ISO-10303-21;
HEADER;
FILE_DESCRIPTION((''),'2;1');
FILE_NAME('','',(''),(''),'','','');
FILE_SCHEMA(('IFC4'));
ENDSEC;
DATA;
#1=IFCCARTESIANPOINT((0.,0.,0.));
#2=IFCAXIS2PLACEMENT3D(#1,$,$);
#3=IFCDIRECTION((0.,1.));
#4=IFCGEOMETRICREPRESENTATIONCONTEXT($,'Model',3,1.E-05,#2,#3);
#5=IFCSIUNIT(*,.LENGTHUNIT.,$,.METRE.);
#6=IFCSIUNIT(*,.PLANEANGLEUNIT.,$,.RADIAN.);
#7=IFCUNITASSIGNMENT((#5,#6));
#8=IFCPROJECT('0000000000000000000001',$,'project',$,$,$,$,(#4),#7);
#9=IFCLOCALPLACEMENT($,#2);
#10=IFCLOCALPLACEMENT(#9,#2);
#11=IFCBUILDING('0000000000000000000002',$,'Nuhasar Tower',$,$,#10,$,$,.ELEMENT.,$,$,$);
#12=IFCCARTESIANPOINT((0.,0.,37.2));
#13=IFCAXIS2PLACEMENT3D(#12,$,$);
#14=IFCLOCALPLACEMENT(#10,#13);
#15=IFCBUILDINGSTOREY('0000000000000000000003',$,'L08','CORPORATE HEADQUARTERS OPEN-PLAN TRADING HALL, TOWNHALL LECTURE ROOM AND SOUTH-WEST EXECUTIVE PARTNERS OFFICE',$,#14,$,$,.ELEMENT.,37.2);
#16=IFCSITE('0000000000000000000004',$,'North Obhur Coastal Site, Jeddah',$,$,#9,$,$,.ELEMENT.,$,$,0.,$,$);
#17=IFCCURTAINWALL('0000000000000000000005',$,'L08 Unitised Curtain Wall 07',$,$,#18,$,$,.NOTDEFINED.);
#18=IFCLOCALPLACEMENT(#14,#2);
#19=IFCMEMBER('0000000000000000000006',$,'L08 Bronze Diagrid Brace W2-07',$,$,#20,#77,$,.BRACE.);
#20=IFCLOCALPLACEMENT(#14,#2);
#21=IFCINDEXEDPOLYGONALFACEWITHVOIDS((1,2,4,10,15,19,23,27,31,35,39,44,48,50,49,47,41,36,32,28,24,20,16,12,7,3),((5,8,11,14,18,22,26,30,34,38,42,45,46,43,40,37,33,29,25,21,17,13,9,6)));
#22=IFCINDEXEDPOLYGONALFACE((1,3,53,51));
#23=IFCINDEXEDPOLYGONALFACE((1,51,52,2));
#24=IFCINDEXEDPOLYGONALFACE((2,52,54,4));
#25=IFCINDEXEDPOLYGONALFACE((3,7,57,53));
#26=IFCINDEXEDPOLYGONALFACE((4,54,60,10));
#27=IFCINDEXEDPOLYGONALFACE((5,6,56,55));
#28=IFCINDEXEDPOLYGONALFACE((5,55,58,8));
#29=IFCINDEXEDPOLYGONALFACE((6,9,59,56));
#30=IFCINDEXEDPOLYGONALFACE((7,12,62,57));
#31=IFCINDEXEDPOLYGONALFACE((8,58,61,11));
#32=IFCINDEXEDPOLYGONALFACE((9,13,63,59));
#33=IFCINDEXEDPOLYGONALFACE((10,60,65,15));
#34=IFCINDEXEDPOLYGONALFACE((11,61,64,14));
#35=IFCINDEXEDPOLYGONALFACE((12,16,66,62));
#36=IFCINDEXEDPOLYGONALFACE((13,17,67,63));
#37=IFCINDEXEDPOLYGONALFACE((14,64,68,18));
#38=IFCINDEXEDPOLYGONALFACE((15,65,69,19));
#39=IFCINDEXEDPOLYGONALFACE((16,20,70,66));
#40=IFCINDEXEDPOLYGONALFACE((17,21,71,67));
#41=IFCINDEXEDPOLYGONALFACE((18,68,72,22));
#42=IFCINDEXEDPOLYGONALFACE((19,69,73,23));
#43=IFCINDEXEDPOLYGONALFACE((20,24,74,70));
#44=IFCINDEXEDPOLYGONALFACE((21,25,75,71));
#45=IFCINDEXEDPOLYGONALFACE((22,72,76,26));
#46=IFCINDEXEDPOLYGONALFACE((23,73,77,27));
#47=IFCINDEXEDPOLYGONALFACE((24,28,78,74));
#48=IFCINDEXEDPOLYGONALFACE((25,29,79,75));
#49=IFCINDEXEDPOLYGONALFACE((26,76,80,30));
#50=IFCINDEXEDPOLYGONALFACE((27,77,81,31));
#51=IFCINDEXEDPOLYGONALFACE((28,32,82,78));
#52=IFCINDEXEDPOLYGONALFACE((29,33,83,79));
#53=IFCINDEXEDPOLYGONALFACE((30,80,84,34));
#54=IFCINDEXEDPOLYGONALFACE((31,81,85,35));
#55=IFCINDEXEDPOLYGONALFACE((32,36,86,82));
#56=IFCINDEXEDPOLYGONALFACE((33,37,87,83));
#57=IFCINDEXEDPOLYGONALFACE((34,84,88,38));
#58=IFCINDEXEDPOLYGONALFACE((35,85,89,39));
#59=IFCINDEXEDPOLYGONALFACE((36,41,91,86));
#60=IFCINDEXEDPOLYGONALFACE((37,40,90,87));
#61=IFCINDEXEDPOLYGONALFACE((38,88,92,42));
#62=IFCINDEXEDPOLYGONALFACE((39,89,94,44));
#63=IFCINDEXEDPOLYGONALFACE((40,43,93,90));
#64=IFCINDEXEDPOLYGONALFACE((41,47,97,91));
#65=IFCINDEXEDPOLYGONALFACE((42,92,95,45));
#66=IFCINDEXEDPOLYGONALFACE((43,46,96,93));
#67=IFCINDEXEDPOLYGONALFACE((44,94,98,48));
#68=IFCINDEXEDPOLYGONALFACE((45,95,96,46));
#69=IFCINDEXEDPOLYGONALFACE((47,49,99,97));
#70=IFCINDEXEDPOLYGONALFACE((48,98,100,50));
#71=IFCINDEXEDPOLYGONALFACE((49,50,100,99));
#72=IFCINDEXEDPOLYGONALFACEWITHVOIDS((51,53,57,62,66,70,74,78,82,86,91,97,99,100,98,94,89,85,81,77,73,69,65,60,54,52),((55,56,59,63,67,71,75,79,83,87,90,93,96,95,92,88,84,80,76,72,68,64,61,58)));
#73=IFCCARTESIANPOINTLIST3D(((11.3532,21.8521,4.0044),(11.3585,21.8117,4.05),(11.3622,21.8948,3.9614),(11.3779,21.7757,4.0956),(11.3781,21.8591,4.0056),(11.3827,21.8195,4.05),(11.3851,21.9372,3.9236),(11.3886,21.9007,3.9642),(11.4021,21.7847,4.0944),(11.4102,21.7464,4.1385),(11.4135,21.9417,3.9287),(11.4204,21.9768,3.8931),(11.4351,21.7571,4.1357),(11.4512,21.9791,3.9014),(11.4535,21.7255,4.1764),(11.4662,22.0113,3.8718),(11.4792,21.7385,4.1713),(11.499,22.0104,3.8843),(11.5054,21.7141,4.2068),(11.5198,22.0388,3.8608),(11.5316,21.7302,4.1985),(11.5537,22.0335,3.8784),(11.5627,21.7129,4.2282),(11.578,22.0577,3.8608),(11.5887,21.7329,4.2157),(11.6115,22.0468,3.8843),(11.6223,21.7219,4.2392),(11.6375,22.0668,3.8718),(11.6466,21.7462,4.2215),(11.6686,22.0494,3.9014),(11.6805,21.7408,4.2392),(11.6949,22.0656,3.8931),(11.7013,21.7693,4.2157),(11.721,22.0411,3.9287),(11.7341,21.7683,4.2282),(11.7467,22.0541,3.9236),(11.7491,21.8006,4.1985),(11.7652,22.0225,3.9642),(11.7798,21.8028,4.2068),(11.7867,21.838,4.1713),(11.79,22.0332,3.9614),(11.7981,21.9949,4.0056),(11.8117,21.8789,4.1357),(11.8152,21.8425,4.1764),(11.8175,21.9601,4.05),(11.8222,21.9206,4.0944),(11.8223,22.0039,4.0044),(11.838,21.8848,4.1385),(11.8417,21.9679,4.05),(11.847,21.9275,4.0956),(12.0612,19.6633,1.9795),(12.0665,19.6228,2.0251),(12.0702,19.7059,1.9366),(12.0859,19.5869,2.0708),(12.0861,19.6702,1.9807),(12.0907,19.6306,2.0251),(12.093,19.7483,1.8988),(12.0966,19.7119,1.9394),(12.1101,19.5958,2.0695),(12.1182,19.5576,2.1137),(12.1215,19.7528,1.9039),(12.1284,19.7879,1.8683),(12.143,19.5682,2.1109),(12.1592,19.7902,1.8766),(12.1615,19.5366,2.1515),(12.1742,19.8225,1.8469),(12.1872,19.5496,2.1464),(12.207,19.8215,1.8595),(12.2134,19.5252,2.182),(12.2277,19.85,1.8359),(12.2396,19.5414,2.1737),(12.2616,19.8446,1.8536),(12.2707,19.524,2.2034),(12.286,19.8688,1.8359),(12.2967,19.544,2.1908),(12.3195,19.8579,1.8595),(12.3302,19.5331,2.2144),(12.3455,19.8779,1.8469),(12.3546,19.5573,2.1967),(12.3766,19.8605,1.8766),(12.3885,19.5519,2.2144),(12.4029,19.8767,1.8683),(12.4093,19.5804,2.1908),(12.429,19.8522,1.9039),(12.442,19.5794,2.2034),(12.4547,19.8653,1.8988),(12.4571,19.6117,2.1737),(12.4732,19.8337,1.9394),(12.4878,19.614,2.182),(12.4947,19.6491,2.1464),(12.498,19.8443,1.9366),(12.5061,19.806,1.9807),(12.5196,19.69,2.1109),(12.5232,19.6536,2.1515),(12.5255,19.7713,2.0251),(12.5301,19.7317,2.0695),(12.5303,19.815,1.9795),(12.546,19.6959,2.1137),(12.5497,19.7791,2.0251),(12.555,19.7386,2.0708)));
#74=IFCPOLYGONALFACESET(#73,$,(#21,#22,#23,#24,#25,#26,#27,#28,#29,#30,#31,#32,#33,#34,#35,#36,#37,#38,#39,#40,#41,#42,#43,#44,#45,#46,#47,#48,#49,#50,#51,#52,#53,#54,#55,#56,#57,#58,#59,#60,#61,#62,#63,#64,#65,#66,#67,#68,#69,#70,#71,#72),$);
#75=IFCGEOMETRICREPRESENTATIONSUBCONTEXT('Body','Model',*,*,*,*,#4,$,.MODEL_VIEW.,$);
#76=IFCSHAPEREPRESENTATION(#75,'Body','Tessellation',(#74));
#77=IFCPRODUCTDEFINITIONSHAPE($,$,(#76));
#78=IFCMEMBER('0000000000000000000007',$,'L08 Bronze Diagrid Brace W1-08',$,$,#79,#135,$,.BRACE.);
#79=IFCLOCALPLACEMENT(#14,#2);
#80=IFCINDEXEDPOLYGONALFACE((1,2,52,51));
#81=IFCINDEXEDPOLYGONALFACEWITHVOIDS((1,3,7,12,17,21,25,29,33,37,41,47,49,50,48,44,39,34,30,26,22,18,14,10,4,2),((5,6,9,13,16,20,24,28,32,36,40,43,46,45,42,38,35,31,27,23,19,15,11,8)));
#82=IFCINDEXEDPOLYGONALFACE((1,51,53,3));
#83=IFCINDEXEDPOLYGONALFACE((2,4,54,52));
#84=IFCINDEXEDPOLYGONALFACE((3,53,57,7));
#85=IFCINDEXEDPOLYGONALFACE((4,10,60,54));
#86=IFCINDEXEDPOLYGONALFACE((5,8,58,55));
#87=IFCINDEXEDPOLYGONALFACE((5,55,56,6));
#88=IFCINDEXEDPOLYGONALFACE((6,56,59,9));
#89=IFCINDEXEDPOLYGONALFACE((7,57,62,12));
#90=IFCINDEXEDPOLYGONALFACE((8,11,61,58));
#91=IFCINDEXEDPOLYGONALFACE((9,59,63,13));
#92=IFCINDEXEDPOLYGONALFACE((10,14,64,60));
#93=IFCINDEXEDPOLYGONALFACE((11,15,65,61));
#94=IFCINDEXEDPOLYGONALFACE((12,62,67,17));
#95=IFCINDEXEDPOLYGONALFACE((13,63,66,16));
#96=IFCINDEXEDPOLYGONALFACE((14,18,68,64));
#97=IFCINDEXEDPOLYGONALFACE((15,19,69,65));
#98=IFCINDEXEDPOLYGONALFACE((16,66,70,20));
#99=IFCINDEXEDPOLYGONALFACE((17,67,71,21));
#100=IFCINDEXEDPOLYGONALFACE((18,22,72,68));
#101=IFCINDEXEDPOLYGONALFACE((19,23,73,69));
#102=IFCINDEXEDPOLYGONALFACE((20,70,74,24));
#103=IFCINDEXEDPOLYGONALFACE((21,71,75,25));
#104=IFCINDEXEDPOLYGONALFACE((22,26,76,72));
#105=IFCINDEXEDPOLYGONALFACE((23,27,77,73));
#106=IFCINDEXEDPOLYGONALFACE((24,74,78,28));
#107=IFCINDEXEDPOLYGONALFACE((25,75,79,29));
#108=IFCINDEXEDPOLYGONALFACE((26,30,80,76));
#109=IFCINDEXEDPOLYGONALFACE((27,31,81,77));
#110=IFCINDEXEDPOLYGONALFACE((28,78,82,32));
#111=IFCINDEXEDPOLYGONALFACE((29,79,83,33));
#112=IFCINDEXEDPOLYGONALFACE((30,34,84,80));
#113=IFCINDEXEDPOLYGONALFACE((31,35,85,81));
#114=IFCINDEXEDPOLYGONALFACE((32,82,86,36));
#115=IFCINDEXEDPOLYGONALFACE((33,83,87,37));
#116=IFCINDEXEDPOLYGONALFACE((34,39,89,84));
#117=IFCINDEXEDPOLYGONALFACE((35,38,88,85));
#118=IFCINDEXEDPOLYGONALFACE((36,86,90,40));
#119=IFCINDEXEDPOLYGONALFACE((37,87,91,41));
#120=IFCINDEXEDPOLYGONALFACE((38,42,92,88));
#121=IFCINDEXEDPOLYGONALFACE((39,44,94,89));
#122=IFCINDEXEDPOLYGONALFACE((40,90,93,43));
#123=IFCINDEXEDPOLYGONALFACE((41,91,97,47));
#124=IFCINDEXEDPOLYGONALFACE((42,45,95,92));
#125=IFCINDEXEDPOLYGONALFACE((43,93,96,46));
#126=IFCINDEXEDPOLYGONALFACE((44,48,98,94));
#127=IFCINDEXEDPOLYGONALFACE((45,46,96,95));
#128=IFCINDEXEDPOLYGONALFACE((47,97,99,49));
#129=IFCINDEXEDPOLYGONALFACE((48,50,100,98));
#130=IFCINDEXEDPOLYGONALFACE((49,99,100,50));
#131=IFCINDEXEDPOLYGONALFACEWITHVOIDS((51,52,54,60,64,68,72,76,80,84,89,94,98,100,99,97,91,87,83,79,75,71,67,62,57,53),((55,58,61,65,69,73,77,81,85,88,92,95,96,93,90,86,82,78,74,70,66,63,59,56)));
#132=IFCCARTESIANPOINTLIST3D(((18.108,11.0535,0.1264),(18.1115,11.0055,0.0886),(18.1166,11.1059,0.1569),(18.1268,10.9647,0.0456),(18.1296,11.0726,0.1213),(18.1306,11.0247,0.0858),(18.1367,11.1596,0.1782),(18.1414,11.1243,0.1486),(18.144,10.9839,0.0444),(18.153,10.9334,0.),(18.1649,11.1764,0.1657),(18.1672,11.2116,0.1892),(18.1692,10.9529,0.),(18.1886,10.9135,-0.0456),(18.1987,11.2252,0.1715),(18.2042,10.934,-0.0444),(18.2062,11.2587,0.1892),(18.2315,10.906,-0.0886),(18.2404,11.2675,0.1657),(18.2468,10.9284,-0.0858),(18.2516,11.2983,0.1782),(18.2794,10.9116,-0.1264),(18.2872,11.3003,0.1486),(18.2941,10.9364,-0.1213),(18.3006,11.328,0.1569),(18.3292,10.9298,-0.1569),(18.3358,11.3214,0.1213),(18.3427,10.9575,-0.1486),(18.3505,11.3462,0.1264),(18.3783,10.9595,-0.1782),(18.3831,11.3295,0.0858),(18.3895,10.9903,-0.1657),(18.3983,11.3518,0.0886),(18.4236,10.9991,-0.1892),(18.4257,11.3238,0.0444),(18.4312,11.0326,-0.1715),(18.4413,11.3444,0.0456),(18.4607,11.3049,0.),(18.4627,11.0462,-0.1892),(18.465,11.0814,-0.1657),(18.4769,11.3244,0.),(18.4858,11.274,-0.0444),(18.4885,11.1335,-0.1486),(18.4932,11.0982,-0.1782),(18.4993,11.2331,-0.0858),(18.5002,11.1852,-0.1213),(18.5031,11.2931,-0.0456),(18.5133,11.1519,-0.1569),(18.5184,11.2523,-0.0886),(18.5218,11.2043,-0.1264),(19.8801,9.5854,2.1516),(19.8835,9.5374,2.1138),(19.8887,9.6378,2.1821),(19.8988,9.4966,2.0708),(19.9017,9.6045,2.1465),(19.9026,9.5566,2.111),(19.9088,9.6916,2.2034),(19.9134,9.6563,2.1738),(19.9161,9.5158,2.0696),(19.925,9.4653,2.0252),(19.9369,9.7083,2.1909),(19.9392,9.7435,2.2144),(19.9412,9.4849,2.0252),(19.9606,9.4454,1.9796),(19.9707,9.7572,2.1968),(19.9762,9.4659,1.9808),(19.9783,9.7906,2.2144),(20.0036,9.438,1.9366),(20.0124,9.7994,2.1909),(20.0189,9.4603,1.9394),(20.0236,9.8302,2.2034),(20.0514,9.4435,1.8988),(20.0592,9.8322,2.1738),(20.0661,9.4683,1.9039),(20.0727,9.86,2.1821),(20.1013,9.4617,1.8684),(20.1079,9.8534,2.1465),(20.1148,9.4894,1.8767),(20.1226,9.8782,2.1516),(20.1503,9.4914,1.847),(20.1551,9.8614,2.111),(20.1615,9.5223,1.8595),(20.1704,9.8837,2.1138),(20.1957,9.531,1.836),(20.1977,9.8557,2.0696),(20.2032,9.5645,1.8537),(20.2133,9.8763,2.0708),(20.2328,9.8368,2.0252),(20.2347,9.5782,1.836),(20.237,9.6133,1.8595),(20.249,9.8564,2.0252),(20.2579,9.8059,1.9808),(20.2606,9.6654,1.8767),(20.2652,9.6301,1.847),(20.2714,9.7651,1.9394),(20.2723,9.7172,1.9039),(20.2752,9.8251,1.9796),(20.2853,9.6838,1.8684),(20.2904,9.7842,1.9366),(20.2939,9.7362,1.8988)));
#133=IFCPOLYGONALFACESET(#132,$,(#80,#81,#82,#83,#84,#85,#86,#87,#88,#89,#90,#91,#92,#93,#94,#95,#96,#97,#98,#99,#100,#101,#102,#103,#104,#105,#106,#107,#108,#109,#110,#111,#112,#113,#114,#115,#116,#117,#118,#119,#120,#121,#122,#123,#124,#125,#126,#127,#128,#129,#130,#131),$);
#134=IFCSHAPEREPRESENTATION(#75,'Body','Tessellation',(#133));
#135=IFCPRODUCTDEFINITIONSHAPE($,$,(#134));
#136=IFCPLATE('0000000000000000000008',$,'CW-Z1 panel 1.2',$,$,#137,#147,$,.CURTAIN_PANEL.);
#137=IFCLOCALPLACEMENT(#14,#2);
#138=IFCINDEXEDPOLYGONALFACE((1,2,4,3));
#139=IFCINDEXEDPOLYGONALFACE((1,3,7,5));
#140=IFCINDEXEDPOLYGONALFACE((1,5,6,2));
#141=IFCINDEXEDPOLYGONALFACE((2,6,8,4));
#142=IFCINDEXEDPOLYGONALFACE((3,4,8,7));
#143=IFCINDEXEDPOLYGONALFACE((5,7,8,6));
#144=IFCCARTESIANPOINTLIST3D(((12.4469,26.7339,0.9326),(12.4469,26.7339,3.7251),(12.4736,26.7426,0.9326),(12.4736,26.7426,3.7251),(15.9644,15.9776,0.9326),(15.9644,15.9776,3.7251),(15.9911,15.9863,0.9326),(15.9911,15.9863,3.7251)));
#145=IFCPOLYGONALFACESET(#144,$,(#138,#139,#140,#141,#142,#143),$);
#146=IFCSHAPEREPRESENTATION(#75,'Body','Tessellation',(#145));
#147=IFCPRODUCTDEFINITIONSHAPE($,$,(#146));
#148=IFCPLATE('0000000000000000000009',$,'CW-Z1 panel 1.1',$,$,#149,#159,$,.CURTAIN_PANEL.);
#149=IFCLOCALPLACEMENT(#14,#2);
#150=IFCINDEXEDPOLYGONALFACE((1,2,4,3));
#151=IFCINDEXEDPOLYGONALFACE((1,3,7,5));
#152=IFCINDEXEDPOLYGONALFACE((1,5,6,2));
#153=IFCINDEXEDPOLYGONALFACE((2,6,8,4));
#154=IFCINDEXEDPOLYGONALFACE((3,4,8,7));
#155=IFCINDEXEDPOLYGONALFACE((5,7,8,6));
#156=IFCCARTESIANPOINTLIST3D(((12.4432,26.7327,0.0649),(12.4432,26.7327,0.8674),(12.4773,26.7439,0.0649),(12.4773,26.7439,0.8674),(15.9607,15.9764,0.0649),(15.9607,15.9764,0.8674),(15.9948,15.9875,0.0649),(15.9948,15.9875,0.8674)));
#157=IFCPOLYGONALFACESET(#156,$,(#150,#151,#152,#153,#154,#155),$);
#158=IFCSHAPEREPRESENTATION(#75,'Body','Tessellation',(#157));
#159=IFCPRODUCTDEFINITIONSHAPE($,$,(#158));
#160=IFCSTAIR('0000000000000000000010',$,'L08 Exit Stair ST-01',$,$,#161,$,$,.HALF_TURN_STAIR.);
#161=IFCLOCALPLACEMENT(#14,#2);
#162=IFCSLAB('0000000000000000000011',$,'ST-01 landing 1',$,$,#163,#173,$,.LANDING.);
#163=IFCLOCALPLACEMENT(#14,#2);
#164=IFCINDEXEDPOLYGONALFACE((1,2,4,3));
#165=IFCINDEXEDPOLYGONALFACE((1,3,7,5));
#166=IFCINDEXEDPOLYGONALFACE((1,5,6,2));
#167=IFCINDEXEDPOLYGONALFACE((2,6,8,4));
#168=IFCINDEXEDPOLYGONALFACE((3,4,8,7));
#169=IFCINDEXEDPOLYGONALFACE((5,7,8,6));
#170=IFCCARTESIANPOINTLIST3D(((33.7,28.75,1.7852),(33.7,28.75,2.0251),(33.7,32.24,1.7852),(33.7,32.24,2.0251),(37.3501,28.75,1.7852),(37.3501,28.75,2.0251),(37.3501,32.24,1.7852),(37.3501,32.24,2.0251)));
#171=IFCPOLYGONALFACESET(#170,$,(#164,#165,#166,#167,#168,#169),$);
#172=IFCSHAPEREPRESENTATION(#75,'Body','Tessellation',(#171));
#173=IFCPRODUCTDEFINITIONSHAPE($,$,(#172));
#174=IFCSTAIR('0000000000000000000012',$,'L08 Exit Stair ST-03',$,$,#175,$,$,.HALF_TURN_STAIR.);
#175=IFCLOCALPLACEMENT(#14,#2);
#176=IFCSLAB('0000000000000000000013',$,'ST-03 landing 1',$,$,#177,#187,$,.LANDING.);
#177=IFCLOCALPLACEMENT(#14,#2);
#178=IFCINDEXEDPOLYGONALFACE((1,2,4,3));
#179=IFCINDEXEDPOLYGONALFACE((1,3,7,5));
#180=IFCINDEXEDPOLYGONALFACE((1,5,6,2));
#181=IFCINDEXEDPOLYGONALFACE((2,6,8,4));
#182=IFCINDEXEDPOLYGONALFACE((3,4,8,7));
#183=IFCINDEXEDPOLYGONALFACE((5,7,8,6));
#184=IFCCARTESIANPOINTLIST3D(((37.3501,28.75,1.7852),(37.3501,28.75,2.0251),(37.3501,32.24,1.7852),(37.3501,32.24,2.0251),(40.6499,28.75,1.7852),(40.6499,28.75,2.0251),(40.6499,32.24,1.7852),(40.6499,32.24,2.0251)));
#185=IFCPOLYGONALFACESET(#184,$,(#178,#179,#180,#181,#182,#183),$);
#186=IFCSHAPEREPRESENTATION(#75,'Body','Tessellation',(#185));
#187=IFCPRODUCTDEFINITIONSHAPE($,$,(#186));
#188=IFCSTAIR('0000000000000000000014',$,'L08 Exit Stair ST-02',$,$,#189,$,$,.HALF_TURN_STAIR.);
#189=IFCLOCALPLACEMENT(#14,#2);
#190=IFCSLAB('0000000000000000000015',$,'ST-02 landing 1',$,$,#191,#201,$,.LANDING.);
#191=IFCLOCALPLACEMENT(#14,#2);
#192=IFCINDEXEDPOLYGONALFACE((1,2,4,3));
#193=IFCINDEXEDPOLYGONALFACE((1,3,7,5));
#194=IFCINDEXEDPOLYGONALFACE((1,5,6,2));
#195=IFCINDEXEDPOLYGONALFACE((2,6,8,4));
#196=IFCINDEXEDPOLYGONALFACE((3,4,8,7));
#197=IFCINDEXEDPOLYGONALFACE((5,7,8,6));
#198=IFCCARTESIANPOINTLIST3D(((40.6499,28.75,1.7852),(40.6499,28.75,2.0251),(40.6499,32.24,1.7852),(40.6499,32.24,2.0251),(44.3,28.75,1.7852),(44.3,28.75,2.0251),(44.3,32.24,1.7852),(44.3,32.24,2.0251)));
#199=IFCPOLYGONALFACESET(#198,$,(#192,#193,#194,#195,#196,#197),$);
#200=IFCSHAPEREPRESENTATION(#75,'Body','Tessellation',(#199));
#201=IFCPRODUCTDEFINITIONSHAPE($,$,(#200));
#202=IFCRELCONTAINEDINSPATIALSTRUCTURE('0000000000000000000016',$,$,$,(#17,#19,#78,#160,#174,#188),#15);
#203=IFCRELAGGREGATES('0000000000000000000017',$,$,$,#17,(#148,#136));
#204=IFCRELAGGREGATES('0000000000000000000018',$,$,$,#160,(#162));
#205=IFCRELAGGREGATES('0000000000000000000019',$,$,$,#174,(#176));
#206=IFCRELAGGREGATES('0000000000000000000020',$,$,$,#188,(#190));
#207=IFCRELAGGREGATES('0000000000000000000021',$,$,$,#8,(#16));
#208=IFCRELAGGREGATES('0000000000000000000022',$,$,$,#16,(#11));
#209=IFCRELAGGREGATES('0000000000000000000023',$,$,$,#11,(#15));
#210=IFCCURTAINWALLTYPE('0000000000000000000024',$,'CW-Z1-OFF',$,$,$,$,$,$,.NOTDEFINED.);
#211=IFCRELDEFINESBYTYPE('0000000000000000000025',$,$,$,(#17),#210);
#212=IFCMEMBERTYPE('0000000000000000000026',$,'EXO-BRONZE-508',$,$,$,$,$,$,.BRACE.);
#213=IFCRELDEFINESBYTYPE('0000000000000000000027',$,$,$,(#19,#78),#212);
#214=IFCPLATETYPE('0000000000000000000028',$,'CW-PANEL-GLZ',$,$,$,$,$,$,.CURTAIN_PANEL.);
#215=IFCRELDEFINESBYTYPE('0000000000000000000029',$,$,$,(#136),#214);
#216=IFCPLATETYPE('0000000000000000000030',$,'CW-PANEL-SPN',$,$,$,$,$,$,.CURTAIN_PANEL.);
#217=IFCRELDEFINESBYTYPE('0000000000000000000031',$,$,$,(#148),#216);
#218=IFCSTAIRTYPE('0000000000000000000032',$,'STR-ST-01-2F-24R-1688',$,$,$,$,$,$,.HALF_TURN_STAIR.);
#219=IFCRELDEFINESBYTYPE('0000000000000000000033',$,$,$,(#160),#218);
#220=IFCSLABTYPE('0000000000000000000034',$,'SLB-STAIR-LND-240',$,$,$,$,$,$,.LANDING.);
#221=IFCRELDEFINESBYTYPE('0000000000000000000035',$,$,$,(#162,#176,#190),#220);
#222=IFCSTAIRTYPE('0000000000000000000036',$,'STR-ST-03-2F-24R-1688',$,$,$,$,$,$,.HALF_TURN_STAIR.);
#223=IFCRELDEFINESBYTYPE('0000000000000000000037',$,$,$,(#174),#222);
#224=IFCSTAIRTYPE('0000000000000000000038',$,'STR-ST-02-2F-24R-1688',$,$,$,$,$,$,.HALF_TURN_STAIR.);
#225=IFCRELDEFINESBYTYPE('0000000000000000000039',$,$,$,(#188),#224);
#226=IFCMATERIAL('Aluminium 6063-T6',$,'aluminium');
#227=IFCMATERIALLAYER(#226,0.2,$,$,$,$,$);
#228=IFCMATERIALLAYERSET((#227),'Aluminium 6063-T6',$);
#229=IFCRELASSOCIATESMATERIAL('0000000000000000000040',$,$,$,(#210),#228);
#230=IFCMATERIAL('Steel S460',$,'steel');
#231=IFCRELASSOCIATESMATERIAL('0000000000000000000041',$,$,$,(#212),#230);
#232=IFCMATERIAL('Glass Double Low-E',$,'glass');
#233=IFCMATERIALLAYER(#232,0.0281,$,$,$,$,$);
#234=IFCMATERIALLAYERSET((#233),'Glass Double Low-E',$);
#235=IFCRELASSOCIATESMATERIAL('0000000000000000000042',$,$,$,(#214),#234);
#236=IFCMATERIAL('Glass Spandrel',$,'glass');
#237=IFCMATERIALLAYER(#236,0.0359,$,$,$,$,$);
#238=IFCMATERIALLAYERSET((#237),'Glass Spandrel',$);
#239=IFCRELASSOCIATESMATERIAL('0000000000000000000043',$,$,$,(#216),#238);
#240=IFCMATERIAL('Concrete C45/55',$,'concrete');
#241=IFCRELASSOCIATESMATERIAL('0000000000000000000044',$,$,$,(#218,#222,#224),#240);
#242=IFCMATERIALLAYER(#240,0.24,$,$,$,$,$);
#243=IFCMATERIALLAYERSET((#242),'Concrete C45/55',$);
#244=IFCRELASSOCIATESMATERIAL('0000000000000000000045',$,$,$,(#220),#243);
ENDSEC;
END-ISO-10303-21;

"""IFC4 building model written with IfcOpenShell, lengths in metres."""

from ifc_helpers import new_model, si_unit, direction, frame, origin, origin_2d, place, context, subcontext, project, spatial, polyline, rectangle, hollow_circle, outline, extrude, material, layer, layer_set, material_profile, profile_set, type_object, element, aggregate, save


model = new_model("IFC4")

# Units and contexts
model_context = context("Model", 3, precision=1e-05, world=origin(), true_north=direction((0.0, 1.0)))
body_context = subcontext(model_context, "Body", "Model", "MODEL_VIEW")
ifc_project = project(units=[si_unit("LENGTHUNIT", "METRE"), si_unit("PLANEANGLEUNIT", "RADIAN")], contexts=[model_context])

# Site, building, storey
site_placement = place(None, origin())
site = spatial("IfcSite", under=ifc_project, at=site_placement, Name="North Obhur Coastal Site, Jeddah", CompositionType="ELEMENT", RefElevation=0.0)
building_placement = place(site_placement, origin())
building = spatial("IfcBuilding", under=site, at=building_placement, Name="Nuhasar Tower", CompositionType="ELEMENT")
storey_placement = place(building_placement, frame((0.0, 0.0, 37.2)))
storey = spatial("IfcBuildingStorey", under=building, at=storey_placement, Name="L08", Description="CORPORATE HEADQUARTERS OPEN-PLAN TRADING HALL, TOWNHALL LECTURE ROOM AND SOUTH-WEST EXECUTIVE PARTNERS OFFICE", CompositionType="ELEMENT", Elevation=37.2)

# Curtain wall
ifc_material_1 = material(Name="Aluminium 6063-T6", Category="aluminium")
ifc_layer_1 = layer(ifc_material_1, 0.2)
ifc_layer_set_1 = layer_set([ifc_layer_1], Name="Aluminium 6063-T6")
curtain_wall_type = type_object("IfcCurtainWallType", Name="CW-Z1-OFF", PredefinedType="NOTDEFINED", material=ifc_layer_set_1)
curtain_wall_1_placement = place(storey_placement, origin())
curtain_wall_1 = element("IfcCurtainWall", 1, at=curtain_wall_1_placement, inside=storey, type_object=curtain_wall_type, Name="L08 Unitised Curtain Wall 07", PredefinedType="NOTDEFINED")

# Members
ifc_material_2 = material(Name="Steel S460", Category="steel")
ifc_material_profile_1 = material_profile(ifc_material_2, hollow_circle(Radius=0.2539, WallThickness=0.0254, at=origin_2d()), Name="HSS508X25.4")
ifc_profile_set_1 = profile_set([ifc_material_profile_1], Name="Steel S460")
member_type_1 = type_object("IfcMemberType", Name="EXO-BRONZE-508", PredefinedType="BRACE", material=ifc_profile_set_1)
member_1_placement = place(storey_placement, frame((12.3081, 19.7009, 2.0251), z_axis=(-0.231012, 0.714225, 0.660694), x_axis=(-0.951468, -0.307747, 0.0)))
element("IfcMember", 2, at=member_1_placement, inside=storey, type_object=member_type_1, Name="L08 Bronze Diagrid Brace W2-07", PredefinedType="BRACE", context=body_context, shape_type="SweptSolid", body=[
    extrude(hollow_circle(Radius=0.2539, WallThickness=0.0254, at=origin_2d()), origin(), (0.0, 0.0, 1.0), 3.0647),
])
member_2_placement = place(storey_placement, frame((18.3149, 11.1289, 0.0), z_axis=(0.578071, -0.478912, 0.660664), x_axis=(0.637969, 0.770062, 0.0)))
element("IfcMember", 3, at=member_2_placement, inside=storey, type_object=member_type_1, Name="L08 Bronze Diagrid Brace W1-08", PredefinedType="BRACE", context=body_context, shape_type="SweptSolid", body=[
    extrude(hollow_circle(Radius=0.2539, WallThickness=0.0254, at=origin_2d()), origin(), (0.0, 0.0, 1.0), 3.0654),
])

# Plates
ifc_material_3 = material(Name="Glass Double Low-E", Category="glass")
ifc_layer_2 = layer(ifc_material_3, 0.0281)
ifc_layer_set_2 = layer_set([ifc_layer_2], Name="Glass Double Low-E")
plate_type_1 = type_object("IfcPlateType", Name="CW-PANEL-GLZ", PredefinedType="CURTAIN_PANEL", material=ifc_layer_set_2)
plate_1_placement = place(storey_placement, frame((14.219, 21.3601, 0.9326), z_axis=(0.0, 0.0, 1.0), x_axis=(0.310824, -0.950468, 0.0)))
plate_1 = element("IfcPlate", 4, at=plate_1_placement, type_object=plate_type_1, Name="CW-Z1 panel 1.2", PredefinedType="CURTAIN_PANEL", context=body_context, shape_type="SweptSolid", body=[
    extrude(rectangle(XDim=11.3169, YDim=0.0281, at=origin_2d()), origin(), (0.0, 0.0, 1.0), 2.7925),
])
ifc_material_4 = material(Name="Glass Spandrel", Category="glass")
ifc_layer_3 = layer(ifc_material_4, 0.0359)
ifc_layer_set_3 = layer_set([ifc_layer_3], Name="Glass Spandrel")
plate_type_2 = type_object("IfcPlateType", Name="CW-PANEL-SPN", PredefinedType="CURTAIN_PANEL", material=ifc_layer_set_3)
plate_2_placement = place(storey_placement, frame((14.219, 21.3601, 0.0649), z_axis=(0.0, 0.0, 1.0), x_axis=(0.310824, -0.950468, 0.0)))
plate_2 = element("IfcPlate", 5, at=plate_2_placement, type_object=plate_type_2, Name="CW-Z1 panel 1.1", PredefinedType="CURTAIN_PANEL", context=body_context, shape_type="SweptSolid", body=[
    extrude(rectangle(XDim=11.3169, YDim=0.0359, at=origin_2d()), origin(), (0.0, 0.0, 1.0), 0.8025),
])
aggregate(curtain_wall_1, [plate_2, plate_1])

# Stairs, slabs
ifc_material_5 = material(Name="Concrete C45/55", Category="concrete")
stair_type_1 = type_object("IfcStairType", Name="STR-ST-01-2F-24R-1688", PredefinedType="HALF_TURN_STAIR", material=ifc_material_5)
stair_1_placement = place(storey_placement, origin())
stair_1 = element("IfcStair", 6, at=stair_1_placement, inside=storey, type_object=stair_type_1, Name="L08 Exit Stair ST-01", PredefinedType="HALF_TURN_STAIR")
ifc_layer_4 = layer(ifc_material_5, 0.24)
ifc_layer_set_4 = layer_set([ifc_layer_4], Name="Concrete C45/55")
slab_type_1 = type_object("IfcSlabType", Name="SLB-STAIR-LND-240", PredefinedType="LANDING", material=ifc_layer_set_4)
slab_1_placement = place(storey_placement, frame((0.0, 0.0, 1.7852)))
slab_1 = element("IfcSlab", 7, at=slab_1_placement, type_object=slab_type_1, Name="ST-01 landing 1", PredefinedType="LANDING", context=body_context, shape_type="SweptSolid", body=[
    extrude(outline(polyline([(33.7, 28.75), (37.3501, 28.75), (37.3501, 32.24), (33.7, 32.24), (33.7, 28.75)])), origin(), (0.0, 0.0, 1.0), 0.24),
])
aggregate(stair_1, [slab_1])
stair_type_2 = type_object("IfcStairType", Name="STR-ST-03-2F-24R-1688", PredefinedType="HALF_TURN_STAIR", material=ifc_material_5)
stair_2_placement = place(storey_placement, origin())
stair_2 = element("IfcStair", 8, at=stair_2_placement, inside=storey, type_object=stair_type_2, Name="L08 Exit Stair ST-03", PredefinedType="HALF_TURN_STAIR")
slab_2_placement = place(storey_placement, frame((0.0, 0.0, 1.7852)))
slab_2 = element("IfcSlab", 9, at=slab_2_placement, type_object=slab_type_1, Name="ST-03 landing 1", PredefinedType="LANDING", context=body_context, shape_type="SweptSolid", body=[
    extrude(outline(polyline([(37.3501, 28.75), (40.6499, 28.75), (40.6499, 32.24), (37.3501, 32.24), (37.3501, 28.75)])), origin(), (0.0, 0.0, 1.0), 0.24),
])
aggregate(stair_2, [slab_2])
stair_type_3 = type_object("IfcStairType", Name="STR-ST-02-2F-24R-1688", PredefinedType="HALF_TURN_STAIR", material=ifc_material_5)
stair_3_placement = place(storey_placement, origin())
stair_3 = element("IfcStair", 10, at=stair_3_placement, inside=storey, type_object=stair_type_3, Name="L08 Exit Stair ST-02", PredefinedType="HALF_TURN_STAIR")
slab_3_placement = place(storey_placement, frame((0.0, 0.0, 1.7852)))
slab_3 = element("IfcSlab", 11, at=slab_3_placement, type_object=slab_type_1, Name="ST-02 landing 1", PredefinedType="LANDING", context=body_context, shape_type="SweptSolid", body=[
    extrude(outline(polyline([(40.6499, 28.75), (44.3, 28.75), (44.3, 32.24), (40.6499, 32.24), (40.6499, 28.75)])), origin(), (0.0, 0.0, 1.0), 0.24),
])
aggregate(stair_3, [slab_3])

save(model, "model.ifc")
